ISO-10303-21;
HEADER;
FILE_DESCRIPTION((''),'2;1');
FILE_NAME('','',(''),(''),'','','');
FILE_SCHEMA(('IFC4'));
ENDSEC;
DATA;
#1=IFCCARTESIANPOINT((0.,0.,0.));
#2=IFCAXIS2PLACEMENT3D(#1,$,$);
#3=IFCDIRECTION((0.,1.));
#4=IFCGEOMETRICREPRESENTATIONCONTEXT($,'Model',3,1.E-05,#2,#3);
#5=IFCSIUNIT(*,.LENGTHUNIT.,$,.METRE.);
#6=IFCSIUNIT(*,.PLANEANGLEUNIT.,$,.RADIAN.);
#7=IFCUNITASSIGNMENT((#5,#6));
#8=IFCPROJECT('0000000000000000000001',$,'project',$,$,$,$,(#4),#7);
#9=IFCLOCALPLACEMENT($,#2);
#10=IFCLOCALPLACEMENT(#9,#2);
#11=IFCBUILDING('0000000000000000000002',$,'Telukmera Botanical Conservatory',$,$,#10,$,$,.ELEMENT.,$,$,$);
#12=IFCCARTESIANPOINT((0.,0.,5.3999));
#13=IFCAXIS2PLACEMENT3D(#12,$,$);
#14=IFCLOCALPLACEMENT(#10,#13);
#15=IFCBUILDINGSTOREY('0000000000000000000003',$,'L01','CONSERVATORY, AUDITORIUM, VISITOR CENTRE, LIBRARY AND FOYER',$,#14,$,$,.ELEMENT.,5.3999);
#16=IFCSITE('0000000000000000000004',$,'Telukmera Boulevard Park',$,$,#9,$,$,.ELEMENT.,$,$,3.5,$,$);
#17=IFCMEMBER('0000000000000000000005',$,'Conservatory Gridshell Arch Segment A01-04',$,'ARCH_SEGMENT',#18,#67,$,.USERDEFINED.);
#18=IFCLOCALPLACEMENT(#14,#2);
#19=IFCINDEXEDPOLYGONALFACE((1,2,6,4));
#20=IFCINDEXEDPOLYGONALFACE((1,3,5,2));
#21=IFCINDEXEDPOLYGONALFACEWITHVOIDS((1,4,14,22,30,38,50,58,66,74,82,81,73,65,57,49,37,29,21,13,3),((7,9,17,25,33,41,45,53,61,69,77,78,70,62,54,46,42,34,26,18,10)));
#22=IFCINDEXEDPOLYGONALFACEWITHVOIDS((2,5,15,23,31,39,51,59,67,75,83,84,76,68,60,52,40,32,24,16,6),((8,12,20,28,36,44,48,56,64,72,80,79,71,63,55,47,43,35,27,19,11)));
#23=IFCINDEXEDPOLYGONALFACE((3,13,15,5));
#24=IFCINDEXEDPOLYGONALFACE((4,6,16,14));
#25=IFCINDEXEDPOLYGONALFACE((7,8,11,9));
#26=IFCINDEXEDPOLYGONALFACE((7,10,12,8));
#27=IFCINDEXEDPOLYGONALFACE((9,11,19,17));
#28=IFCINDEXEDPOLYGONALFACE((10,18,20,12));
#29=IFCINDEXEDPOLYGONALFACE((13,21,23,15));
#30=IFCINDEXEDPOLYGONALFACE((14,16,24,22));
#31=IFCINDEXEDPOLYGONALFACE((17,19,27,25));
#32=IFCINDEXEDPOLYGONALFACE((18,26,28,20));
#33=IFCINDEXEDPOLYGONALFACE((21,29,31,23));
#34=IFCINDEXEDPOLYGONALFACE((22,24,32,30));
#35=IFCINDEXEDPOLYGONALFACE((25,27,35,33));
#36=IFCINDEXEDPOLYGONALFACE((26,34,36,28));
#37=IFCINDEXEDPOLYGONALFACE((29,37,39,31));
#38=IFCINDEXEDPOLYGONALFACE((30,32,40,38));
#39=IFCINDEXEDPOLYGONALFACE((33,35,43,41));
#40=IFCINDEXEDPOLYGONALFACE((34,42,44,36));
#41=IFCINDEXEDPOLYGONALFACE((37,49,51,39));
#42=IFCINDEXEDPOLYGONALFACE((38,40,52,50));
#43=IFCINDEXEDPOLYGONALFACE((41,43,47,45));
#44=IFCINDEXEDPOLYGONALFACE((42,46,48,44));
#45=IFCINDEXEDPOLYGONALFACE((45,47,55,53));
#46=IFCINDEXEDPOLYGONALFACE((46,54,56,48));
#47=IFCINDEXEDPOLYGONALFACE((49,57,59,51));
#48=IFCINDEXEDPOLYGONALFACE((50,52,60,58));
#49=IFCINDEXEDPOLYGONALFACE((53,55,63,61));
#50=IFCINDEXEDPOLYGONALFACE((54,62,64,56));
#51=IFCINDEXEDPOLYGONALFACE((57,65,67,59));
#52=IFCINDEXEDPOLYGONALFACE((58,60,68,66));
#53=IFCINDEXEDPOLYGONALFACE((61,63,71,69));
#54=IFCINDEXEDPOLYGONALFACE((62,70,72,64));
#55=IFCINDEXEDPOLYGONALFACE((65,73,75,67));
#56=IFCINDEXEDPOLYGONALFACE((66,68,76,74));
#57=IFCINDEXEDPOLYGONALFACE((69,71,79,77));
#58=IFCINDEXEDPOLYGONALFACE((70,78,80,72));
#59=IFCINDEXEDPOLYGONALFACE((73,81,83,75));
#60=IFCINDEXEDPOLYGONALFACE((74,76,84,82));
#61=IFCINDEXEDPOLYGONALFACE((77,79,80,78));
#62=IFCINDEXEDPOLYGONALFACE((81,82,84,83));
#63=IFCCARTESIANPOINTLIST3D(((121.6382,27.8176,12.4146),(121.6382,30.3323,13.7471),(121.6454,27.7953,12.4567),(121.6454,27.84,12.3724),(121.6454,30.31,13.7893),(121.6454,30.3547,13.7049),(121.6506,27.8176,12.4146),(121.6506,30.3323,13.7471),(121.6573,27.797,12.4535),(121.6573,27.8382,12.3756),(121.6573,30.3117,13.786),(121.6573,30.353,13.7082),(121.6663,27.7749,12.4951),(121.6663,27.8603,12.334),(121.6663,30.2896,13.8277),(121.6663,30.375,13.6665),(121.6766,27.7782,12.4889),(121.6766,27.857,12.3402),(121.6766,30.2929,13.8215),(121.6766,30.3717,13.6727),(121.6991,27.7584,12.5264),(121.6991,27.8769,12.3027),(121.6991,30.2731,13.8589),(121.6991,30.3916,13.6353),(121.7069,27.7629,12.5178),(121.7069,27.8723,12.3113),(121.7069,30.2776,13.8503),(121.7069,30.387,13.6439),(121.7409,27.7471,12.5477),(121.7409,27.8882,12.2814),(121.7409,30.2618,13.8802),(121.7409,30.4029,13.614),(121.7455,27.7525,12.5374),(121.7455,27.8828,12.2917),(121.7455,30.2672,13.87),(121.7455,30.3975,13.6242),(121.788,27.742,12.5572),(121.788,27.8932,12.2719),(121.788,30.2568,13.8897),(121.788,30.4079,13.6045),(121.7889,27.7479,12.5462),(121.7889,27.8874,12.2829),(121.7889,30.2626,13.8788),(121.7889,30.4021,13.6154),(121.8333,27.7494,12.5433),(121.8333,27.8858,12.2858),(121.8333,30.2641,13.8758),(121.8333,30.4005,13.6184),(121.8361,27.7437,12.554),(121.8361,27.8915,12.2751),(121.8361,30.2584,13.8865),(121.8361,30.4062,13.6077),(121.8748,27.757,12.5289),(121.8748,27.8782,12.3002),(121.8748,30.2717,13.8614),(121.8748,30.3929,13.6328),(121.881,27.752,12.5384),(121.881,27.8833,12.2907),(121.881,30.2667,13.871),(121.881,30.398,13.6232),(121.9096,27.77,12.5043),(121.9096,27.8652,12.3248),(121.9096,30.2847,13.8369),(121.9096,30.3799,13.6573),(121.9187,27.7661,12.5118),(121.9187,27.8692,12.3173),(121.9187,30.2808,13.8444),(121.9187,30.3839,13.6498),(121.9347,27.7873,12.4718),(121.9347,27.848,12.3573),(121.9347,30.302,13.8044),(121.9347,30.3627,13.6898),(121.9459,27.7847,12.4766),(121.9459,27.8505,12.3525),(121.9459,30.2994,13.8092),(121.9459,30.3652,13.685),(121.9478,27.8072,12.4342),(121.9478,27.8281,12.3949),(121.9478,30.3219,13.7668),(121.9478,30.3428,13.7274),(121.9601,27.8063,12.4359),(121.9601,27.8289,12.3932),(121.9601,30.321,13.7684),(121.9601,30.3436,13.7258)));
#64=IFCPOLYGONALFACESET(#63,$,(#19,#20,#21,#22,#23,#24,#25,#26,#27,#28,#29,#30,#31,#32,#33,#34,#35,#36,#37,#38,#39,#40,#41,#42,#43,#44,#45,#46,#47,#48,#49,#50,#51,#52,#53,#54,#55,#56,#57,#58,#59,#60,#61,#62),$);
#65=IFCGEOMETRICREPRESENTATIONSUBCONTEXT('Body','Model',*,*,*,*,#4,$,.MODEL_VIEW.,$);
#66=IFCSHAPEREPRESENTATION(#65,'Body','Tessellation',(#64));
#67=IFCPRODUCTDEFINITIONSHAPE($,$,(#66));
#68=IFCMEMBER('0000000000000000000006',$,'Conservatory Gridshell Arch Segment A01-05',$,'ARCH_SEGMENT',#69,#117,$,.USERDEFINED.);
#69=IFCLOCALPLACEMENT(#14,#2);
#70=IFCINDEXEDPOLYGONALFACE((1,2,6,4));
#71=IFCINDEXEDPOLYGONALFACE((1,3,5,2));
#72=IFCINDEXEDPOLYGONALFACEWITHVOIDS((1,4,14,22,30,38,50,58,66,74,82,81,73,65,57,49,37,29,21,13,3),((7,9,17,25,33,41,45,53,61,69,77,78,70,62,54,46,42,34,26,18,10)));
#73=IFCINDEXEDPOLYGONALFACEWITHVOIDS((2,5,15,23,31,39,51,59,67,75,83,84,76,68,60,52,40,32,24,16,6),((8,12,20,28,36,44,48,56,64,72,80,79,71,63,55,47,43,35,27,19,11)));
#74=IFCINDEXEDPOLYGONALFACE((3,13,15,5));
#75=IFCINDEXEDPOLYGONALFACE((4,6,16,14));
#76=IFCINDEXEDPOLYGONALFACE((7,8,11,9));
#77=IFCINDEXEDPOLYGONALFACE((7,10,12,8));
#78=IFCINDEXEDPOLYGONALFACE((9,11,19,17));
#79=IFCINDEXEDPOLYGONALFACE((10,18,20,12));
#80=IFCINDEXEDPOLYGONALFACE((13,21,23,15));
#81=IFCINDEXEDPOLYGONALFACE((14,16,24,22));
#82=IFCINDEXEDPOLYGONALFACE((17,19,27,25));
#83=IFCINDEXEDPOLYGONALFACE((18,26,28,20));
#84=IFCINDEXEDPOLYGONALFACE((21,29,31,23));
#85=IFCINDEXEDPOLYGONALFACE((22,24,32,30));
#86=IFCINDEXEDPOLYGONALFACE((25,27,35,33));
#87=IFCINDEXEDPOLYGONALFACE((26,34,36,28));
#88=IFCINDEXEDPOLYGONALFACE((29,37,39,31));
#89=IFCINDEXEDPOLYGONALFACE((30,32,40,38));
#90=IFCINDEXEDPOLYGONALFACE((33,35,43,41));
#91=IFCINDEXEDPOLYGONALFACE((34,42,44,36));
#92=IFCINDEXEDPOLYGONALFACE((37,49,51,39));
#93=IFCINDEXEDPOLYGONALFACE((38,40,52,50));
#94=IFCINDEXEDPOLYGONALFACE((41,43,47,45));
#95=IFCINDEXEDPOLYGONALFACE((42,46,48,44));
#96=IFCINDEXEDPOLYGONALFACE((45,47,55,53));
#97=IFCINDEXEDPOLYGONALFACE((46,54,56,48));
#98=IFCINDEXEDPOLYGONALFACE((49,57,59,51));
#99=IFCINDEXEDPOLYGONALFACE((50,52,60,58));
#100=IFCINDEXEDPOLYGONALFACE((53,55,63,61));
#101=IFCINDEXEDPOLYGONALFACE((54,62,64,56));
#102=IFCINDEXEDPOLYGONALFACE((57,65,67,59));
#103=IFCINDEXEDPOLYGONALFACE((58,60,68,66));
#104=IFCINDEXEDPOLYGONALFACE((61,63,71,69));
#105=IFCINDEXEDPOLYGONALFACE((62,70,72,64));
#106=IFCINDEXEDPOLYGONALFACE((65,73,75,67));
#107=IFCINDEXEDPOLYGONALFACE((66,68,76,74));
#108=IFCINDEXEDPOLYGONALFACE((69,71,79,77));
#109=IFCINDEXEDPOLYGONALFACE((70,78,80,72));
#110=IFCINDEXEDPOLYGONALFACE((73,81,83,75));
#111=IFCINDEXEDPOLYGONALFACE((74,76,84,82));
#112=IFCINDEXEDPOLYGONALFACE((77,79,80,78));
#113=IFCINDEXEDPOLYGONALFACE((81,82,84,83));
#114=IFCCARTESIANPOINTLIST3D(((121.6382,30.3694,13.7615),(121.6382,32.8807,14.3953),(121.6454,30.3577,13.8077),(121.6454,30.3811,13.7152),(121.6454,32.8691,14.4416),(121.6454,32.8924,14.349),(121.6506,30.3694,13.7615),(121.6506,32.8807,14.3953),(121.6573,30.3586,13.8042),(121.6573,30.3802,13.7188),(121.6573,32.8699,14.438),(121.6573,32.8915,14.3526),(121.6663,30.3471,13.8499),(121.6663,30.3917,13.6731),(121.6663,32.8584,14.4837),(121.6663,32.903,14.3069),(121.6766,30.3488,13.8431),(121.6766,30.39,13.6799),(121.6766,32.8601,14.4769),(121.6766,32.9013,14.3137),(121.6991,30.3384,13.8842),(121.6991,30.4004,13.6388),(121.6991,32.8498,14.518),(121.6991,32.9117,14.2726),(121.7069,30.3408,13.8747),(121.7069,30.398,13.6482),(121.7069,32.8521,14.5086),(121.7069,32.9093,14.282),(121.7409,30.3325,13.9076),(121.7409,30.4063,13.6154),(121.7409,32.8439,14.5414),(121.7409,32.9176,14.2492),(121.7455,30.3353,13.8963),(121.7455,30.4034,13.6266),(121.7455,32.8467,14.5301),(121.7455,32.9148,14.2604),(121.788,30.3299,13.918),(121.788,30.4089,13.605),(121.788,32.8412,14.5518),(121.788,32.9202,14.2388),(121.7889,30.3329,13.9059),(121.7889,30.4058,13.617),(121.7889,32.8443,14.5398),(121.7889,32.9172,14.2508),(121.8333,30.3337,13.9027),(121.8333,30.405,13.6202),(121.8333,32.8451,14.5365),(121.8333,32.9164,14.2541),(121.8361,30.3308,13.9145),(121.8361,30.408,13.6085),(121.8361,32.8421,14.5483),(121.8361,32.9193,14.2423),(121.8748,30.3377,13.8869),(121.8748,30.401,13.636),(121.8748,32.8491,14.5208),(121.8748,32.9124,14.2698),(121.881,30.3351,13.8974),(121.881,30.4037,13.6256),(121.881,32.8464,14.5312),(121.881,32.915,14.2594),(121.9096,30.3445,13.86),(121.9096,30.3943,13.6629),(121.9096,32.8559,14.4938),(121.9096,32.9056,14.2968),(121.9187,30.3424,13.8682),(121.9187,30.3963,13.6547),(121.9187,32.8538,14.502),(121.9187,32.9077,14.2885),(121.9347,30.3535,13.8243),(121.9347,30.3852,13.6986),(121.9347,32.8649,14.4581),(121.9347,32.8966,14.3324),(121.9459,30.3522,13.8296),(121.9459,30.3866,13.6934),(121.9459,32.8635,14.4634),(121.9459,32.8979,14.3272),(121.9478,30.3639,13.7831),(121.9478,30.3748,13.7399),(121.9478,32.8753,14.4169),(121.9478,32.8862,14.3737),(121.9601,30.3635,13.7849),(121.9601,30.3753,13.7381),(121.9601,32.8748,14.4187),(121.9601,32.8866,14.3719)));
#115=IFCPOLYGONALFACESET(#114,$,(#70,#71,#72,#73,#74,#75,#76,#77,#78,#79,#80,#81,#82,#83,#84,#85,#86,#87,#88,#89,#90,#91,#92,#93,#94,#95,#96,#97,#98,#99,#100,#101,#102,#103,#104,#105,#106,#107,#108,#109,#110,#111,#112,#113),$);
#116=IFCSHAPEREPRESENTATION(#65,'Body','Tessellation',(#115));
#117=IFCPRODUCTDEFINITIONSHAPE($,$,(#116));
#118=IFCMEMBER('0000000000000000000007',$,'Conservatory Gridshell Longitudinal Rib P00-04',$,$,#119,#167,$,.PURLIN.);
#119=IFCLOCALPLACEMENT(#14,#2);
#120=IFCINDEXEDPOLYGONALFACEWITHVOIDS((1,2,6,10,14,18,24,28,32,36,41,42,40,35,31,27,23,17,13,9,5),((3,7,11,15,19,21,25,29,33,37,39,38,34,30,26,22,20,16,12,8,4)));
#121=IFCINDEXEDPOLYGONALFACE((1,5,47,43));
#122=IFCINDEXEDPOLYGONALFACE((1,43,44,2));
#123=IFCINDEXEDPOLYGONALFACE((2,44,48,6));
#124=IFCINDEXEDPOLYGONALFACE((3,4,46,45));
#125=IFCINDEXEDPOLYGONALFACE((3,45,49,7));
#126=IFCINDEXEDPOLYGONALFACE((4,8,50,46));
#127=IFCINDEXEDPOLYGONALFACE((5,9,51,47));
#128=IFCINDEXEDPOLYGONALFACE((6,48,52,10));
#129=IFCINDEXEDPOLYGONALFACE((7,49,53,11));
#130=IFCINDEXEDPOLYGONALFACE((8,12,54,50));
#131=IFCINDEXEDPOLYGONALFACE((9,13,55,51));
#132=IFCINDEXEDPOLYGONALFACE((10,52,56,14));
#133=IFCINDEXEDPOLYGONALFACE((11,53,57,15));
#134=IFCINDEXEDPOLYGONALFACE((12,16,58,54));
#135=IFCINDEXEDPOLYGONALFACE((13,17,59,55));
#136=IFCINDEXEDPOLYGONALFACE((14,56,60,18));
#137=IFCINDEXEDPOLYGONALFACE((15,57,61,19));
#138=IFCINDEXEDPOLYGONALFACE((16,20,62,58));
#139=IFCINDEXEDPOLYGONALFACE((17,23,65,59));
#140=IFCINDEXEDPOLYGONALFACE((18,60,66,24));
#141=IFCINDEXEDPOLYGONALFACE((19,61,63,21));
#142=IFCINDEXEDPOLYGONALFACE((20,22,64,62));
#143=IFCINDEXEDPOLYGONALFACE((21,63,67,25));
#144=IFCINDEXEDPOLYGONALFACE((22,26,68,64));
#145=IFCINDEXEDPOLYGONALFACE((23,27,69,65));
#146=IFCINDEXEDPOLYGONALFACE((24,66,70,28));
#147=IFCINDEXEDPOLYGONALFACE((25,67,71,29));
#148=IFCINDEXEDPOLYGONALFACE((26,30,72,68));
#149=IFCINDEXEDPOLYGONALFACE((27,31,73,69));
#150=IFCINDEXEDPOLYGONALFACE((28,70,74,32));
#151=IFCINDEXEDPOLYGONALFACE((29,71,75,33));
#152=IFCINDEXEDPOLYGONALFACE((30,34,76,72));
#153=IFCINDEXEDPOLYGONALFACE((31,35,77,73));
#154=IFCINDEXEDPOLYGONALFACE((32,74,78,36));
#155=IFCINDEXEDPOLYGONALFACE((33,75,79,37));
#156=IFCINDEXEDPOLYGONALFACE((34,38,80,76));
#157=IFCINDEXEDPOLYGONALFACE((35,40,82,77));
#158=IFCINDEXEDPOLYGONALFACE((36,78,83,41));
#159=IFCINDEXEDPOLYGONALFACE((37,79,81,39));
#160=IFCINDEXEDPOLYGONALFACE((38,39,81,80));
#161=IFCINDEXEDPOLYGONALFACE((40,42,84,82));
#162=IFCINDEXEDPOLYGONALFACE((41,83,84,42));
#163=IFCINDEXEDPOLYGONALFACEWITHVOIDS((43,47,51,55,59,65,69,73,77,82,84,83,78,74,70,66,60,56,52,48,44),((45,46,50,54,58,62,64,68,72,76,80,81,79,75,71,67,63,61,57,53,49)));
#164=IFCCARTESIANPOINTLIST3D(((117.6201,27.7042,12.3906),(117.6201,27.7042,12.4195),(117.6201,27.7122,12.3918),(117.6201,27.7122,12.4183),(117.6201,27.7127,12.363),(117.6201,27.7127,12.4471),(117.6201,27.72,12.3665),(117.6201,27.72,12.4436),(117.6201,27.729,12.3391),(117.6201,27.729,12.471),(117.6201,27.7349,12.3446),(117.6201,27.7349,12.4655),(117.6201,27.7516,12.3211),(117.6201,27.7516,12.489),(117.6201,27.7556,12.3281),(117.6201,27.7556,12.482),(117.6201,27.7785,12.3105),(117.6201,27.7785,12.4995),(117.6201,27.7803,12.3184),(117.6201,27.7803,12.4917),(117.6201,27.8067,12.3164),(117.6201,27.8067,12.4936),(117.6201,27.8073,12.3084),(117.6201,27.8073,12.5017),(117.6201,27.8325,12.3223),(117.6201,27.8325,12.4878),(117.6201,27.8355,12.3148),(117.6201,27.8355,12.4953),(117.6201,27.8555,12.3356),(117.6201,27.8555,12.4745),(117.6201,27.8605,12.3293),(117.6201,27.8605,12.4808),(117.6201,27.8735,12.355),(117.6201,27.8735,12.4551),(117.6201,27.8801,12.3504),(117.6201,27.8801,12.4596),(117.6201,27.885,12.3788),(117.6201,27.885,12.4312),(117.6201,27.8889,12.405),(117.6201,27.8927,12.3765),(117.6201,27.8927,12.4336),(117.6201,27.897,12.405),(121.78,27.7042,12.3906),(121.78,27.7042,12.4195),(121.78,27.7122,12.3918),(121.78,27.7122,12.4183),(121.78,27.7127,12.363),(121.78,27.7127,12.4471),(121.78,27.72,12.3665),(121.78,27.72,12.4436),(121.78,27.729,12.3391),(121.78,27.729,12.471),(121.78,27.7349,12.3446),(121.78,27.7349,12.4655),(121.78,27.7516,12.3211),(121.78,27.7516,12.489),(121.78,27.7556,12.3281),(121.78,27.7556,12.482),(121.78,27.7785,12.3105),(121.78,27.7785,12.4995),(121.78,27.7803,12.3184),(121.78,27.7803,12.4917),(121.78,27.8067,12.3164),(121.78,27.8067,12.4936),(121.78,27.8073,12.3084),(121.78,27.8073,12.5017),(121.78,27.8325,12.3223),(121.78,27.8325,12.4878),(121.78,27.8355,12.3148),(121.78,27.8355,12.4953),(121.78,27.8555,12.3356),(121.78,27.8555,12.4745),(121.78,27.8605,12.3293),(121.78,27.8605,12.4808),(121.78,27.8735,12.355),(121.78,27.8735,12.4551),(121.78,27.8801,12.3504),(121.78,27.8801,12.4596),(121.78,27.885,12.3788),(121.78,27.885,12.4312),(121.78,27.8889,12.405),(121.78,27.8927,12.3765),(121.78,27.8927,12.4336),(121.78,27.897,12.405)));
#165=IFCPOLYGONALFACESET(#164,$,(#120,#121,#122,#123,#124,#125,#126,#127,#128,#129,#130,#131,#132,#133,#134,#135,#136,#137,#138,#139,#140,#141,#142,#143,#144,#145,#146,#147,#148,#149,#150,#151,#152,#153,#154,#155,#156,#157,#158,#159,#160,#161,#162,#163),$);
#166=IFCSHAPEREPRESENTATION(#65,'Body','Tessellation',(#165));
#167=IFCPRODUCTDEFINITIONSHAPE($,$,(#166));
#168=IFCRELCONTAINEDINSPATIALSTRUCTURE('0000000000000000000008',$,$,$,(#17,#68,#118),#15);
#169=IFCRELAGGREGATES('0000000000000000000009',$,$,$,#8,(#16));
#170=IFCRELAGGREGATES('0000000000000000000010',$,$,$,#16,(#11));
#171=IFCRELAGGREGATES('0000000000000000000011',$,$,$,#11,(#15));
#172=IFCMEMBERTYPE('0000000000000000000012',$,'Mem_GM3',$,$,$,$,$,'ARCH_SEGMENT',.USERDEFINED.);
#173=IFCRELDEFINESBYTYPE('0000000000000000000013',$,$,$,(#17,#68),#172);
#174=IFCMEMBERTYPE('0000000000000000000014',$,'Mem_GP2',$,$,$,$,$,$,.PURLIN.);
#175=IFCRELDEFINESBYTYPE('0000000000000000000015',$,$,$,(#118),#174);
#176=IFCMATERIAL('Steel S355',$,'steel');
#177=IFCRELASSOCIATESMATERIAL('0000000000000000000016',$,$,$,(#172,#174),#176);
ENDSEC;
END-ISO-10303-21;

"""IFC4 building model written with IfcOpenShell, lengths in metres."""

from ifc_helpers import new_model, si_unit, direction, frame, origin, origin_2d, place, context, subcontext, project, spatial, hollow_circle, extrude, material, material_profile, profile_set, type_object, element, save


model = new_model("IFC4")

# Units and contexts
model_context = context("Model", 3, precision=1e-05, world=origin(), true_north=direction((0.0, 1.0)))
body_context = subcontext(model_context, "Body", "Model", "MODEL_VIEW")
ifc_project = project(units=[si_unit("LENGTHUNIT", "METRE"), si_unit("PLANEANGLEUNIT", "RADIAN")], contexts=[model_context])

# Site, building, storey
site_placement = place(None, origin())
site = spatial("IfcSite", under=ifc_project, at=site_placement, Name="Telukmera Boulevard Park", CompositionType="ELEMENT", RefElevation=3.5)
building_placement = place(site_placement, origin())
building = spatial("IfcBuilding", under=site, at=building_placement, Name="Telukmera Botanical Conservatory", CompositionType="ELEMENT")
storey_placement = place(building_placement, frame((0.0, 0.0, 5.3999)))
storey = spatial("IfcBuildingStorey", under=building, at=storey_placement, Name="L01", Description="CONSERVATORY, AUDITORIUM, VISITOR CENTRE, LIBRARY AND FOYER", CompositionType="ELEMENT", Elevation=5.3999)

# Shared definitions
ifc_material = material(Name="Steel S355", Category="steel")

# Members
ifc_material_profile_1 = material_profile(ifc_material, hollow_circle(Radius=0.1619, WallThickness=0.0125, at=origin_2d()), Name="CHS 323.9x12.5")
ifc_profile_set_1 = profile_set([ifc_material_profile_1], Name="Steel S355")
member_type_1 = type_object("IfcMemberType", Name="Mem_GM3", ElementType="ARCH_SEGMENT", PredefinedType="USERDEFINED", material=ifc_profile_set_1)
member_1_placement = place(storey_placement, frame((121.8, 27.8176, 12.4146), z_axis=(0.0, 0.883608, 0.468227), x_axis=(-1.0, 0.0, 0.0)))
element("IfcMember", 1, at=member_1_placement, inside=storey, type_object=member_type_1, Name="Conservatory Gridshell Arch Segment A01-04", ObjectType="ARCH_SEGMENT", PredefinedType="USERDEFINED", context=body_context, shape_type="SweptSolid", body=[
    extrude(hollow_circle(Radius=0.1619, WallThickness=0.0125, at=origin_2d()), origin(), (0.0, 0.0, 1.0), 2.8459),
])
member_2_placement = place(storey_placement, frame((121.8, 30.3694, 13.7615), z_axis=(0.0, 0.969597, 0.244709), x_axis=(-1.0, 0.0, 0.0)))
element("IfcMember", 2, at=member_2_placement, inside=storey, type_object=member_type_1, Name="Conservatory Gridshell Arch Segment A01-05", ObjectType="ARCH_SEGMENT", PredefinedType="USERDEFINED", context=body_context, shape_type="SweptSolid", body=[
    extrude(hollow_circle(Radius=0.1619, WallThickness=0.0125, at=origin_2d()), origin(), (0.0, 0.0, 1.0), 2.5901),
])
ifc_material_profile_2 = material_profile(ifc_material, hollow_circle(Radius=0.0969, WallThickness=0.0081, at=origin_2d()), Name="CHS 193.7x8.0")
ifc_profile_set_2 = profile_set([ifc_material_profile_2], Name="Steel S355")
member_type_2 = type_object("IfcMemberType", Name="Mem_GP2", PredefinedType="PURLIN", material=ifc_profile_set_2)
for number, where, z_axis, x_axis, name in (
    (3, (117.6201, 27.8, 12.405), (1.0, 0.0, 0.0), (0.0, 1.0, 0.0), "Conservatory Gridshell Longitudinal Rib P00-04"),
):
    element("IfcMember", number, at=place(storey_placement, frame(where, z_axis=z_axis, x_axis=x_axis)), inside=storey, type_object=member_type_2, Name=name, PredefinedType="PURLIN", context=body_context, shape_type="SweptSolid", body=[
        extrude(hollow_circle(Radius=0.0969, WallThickness=0.0081, at=origin_2d()), origin(), (0.0, 0.0, 1.0), 4.1599),
    ])

save(model, "model.ifc")
